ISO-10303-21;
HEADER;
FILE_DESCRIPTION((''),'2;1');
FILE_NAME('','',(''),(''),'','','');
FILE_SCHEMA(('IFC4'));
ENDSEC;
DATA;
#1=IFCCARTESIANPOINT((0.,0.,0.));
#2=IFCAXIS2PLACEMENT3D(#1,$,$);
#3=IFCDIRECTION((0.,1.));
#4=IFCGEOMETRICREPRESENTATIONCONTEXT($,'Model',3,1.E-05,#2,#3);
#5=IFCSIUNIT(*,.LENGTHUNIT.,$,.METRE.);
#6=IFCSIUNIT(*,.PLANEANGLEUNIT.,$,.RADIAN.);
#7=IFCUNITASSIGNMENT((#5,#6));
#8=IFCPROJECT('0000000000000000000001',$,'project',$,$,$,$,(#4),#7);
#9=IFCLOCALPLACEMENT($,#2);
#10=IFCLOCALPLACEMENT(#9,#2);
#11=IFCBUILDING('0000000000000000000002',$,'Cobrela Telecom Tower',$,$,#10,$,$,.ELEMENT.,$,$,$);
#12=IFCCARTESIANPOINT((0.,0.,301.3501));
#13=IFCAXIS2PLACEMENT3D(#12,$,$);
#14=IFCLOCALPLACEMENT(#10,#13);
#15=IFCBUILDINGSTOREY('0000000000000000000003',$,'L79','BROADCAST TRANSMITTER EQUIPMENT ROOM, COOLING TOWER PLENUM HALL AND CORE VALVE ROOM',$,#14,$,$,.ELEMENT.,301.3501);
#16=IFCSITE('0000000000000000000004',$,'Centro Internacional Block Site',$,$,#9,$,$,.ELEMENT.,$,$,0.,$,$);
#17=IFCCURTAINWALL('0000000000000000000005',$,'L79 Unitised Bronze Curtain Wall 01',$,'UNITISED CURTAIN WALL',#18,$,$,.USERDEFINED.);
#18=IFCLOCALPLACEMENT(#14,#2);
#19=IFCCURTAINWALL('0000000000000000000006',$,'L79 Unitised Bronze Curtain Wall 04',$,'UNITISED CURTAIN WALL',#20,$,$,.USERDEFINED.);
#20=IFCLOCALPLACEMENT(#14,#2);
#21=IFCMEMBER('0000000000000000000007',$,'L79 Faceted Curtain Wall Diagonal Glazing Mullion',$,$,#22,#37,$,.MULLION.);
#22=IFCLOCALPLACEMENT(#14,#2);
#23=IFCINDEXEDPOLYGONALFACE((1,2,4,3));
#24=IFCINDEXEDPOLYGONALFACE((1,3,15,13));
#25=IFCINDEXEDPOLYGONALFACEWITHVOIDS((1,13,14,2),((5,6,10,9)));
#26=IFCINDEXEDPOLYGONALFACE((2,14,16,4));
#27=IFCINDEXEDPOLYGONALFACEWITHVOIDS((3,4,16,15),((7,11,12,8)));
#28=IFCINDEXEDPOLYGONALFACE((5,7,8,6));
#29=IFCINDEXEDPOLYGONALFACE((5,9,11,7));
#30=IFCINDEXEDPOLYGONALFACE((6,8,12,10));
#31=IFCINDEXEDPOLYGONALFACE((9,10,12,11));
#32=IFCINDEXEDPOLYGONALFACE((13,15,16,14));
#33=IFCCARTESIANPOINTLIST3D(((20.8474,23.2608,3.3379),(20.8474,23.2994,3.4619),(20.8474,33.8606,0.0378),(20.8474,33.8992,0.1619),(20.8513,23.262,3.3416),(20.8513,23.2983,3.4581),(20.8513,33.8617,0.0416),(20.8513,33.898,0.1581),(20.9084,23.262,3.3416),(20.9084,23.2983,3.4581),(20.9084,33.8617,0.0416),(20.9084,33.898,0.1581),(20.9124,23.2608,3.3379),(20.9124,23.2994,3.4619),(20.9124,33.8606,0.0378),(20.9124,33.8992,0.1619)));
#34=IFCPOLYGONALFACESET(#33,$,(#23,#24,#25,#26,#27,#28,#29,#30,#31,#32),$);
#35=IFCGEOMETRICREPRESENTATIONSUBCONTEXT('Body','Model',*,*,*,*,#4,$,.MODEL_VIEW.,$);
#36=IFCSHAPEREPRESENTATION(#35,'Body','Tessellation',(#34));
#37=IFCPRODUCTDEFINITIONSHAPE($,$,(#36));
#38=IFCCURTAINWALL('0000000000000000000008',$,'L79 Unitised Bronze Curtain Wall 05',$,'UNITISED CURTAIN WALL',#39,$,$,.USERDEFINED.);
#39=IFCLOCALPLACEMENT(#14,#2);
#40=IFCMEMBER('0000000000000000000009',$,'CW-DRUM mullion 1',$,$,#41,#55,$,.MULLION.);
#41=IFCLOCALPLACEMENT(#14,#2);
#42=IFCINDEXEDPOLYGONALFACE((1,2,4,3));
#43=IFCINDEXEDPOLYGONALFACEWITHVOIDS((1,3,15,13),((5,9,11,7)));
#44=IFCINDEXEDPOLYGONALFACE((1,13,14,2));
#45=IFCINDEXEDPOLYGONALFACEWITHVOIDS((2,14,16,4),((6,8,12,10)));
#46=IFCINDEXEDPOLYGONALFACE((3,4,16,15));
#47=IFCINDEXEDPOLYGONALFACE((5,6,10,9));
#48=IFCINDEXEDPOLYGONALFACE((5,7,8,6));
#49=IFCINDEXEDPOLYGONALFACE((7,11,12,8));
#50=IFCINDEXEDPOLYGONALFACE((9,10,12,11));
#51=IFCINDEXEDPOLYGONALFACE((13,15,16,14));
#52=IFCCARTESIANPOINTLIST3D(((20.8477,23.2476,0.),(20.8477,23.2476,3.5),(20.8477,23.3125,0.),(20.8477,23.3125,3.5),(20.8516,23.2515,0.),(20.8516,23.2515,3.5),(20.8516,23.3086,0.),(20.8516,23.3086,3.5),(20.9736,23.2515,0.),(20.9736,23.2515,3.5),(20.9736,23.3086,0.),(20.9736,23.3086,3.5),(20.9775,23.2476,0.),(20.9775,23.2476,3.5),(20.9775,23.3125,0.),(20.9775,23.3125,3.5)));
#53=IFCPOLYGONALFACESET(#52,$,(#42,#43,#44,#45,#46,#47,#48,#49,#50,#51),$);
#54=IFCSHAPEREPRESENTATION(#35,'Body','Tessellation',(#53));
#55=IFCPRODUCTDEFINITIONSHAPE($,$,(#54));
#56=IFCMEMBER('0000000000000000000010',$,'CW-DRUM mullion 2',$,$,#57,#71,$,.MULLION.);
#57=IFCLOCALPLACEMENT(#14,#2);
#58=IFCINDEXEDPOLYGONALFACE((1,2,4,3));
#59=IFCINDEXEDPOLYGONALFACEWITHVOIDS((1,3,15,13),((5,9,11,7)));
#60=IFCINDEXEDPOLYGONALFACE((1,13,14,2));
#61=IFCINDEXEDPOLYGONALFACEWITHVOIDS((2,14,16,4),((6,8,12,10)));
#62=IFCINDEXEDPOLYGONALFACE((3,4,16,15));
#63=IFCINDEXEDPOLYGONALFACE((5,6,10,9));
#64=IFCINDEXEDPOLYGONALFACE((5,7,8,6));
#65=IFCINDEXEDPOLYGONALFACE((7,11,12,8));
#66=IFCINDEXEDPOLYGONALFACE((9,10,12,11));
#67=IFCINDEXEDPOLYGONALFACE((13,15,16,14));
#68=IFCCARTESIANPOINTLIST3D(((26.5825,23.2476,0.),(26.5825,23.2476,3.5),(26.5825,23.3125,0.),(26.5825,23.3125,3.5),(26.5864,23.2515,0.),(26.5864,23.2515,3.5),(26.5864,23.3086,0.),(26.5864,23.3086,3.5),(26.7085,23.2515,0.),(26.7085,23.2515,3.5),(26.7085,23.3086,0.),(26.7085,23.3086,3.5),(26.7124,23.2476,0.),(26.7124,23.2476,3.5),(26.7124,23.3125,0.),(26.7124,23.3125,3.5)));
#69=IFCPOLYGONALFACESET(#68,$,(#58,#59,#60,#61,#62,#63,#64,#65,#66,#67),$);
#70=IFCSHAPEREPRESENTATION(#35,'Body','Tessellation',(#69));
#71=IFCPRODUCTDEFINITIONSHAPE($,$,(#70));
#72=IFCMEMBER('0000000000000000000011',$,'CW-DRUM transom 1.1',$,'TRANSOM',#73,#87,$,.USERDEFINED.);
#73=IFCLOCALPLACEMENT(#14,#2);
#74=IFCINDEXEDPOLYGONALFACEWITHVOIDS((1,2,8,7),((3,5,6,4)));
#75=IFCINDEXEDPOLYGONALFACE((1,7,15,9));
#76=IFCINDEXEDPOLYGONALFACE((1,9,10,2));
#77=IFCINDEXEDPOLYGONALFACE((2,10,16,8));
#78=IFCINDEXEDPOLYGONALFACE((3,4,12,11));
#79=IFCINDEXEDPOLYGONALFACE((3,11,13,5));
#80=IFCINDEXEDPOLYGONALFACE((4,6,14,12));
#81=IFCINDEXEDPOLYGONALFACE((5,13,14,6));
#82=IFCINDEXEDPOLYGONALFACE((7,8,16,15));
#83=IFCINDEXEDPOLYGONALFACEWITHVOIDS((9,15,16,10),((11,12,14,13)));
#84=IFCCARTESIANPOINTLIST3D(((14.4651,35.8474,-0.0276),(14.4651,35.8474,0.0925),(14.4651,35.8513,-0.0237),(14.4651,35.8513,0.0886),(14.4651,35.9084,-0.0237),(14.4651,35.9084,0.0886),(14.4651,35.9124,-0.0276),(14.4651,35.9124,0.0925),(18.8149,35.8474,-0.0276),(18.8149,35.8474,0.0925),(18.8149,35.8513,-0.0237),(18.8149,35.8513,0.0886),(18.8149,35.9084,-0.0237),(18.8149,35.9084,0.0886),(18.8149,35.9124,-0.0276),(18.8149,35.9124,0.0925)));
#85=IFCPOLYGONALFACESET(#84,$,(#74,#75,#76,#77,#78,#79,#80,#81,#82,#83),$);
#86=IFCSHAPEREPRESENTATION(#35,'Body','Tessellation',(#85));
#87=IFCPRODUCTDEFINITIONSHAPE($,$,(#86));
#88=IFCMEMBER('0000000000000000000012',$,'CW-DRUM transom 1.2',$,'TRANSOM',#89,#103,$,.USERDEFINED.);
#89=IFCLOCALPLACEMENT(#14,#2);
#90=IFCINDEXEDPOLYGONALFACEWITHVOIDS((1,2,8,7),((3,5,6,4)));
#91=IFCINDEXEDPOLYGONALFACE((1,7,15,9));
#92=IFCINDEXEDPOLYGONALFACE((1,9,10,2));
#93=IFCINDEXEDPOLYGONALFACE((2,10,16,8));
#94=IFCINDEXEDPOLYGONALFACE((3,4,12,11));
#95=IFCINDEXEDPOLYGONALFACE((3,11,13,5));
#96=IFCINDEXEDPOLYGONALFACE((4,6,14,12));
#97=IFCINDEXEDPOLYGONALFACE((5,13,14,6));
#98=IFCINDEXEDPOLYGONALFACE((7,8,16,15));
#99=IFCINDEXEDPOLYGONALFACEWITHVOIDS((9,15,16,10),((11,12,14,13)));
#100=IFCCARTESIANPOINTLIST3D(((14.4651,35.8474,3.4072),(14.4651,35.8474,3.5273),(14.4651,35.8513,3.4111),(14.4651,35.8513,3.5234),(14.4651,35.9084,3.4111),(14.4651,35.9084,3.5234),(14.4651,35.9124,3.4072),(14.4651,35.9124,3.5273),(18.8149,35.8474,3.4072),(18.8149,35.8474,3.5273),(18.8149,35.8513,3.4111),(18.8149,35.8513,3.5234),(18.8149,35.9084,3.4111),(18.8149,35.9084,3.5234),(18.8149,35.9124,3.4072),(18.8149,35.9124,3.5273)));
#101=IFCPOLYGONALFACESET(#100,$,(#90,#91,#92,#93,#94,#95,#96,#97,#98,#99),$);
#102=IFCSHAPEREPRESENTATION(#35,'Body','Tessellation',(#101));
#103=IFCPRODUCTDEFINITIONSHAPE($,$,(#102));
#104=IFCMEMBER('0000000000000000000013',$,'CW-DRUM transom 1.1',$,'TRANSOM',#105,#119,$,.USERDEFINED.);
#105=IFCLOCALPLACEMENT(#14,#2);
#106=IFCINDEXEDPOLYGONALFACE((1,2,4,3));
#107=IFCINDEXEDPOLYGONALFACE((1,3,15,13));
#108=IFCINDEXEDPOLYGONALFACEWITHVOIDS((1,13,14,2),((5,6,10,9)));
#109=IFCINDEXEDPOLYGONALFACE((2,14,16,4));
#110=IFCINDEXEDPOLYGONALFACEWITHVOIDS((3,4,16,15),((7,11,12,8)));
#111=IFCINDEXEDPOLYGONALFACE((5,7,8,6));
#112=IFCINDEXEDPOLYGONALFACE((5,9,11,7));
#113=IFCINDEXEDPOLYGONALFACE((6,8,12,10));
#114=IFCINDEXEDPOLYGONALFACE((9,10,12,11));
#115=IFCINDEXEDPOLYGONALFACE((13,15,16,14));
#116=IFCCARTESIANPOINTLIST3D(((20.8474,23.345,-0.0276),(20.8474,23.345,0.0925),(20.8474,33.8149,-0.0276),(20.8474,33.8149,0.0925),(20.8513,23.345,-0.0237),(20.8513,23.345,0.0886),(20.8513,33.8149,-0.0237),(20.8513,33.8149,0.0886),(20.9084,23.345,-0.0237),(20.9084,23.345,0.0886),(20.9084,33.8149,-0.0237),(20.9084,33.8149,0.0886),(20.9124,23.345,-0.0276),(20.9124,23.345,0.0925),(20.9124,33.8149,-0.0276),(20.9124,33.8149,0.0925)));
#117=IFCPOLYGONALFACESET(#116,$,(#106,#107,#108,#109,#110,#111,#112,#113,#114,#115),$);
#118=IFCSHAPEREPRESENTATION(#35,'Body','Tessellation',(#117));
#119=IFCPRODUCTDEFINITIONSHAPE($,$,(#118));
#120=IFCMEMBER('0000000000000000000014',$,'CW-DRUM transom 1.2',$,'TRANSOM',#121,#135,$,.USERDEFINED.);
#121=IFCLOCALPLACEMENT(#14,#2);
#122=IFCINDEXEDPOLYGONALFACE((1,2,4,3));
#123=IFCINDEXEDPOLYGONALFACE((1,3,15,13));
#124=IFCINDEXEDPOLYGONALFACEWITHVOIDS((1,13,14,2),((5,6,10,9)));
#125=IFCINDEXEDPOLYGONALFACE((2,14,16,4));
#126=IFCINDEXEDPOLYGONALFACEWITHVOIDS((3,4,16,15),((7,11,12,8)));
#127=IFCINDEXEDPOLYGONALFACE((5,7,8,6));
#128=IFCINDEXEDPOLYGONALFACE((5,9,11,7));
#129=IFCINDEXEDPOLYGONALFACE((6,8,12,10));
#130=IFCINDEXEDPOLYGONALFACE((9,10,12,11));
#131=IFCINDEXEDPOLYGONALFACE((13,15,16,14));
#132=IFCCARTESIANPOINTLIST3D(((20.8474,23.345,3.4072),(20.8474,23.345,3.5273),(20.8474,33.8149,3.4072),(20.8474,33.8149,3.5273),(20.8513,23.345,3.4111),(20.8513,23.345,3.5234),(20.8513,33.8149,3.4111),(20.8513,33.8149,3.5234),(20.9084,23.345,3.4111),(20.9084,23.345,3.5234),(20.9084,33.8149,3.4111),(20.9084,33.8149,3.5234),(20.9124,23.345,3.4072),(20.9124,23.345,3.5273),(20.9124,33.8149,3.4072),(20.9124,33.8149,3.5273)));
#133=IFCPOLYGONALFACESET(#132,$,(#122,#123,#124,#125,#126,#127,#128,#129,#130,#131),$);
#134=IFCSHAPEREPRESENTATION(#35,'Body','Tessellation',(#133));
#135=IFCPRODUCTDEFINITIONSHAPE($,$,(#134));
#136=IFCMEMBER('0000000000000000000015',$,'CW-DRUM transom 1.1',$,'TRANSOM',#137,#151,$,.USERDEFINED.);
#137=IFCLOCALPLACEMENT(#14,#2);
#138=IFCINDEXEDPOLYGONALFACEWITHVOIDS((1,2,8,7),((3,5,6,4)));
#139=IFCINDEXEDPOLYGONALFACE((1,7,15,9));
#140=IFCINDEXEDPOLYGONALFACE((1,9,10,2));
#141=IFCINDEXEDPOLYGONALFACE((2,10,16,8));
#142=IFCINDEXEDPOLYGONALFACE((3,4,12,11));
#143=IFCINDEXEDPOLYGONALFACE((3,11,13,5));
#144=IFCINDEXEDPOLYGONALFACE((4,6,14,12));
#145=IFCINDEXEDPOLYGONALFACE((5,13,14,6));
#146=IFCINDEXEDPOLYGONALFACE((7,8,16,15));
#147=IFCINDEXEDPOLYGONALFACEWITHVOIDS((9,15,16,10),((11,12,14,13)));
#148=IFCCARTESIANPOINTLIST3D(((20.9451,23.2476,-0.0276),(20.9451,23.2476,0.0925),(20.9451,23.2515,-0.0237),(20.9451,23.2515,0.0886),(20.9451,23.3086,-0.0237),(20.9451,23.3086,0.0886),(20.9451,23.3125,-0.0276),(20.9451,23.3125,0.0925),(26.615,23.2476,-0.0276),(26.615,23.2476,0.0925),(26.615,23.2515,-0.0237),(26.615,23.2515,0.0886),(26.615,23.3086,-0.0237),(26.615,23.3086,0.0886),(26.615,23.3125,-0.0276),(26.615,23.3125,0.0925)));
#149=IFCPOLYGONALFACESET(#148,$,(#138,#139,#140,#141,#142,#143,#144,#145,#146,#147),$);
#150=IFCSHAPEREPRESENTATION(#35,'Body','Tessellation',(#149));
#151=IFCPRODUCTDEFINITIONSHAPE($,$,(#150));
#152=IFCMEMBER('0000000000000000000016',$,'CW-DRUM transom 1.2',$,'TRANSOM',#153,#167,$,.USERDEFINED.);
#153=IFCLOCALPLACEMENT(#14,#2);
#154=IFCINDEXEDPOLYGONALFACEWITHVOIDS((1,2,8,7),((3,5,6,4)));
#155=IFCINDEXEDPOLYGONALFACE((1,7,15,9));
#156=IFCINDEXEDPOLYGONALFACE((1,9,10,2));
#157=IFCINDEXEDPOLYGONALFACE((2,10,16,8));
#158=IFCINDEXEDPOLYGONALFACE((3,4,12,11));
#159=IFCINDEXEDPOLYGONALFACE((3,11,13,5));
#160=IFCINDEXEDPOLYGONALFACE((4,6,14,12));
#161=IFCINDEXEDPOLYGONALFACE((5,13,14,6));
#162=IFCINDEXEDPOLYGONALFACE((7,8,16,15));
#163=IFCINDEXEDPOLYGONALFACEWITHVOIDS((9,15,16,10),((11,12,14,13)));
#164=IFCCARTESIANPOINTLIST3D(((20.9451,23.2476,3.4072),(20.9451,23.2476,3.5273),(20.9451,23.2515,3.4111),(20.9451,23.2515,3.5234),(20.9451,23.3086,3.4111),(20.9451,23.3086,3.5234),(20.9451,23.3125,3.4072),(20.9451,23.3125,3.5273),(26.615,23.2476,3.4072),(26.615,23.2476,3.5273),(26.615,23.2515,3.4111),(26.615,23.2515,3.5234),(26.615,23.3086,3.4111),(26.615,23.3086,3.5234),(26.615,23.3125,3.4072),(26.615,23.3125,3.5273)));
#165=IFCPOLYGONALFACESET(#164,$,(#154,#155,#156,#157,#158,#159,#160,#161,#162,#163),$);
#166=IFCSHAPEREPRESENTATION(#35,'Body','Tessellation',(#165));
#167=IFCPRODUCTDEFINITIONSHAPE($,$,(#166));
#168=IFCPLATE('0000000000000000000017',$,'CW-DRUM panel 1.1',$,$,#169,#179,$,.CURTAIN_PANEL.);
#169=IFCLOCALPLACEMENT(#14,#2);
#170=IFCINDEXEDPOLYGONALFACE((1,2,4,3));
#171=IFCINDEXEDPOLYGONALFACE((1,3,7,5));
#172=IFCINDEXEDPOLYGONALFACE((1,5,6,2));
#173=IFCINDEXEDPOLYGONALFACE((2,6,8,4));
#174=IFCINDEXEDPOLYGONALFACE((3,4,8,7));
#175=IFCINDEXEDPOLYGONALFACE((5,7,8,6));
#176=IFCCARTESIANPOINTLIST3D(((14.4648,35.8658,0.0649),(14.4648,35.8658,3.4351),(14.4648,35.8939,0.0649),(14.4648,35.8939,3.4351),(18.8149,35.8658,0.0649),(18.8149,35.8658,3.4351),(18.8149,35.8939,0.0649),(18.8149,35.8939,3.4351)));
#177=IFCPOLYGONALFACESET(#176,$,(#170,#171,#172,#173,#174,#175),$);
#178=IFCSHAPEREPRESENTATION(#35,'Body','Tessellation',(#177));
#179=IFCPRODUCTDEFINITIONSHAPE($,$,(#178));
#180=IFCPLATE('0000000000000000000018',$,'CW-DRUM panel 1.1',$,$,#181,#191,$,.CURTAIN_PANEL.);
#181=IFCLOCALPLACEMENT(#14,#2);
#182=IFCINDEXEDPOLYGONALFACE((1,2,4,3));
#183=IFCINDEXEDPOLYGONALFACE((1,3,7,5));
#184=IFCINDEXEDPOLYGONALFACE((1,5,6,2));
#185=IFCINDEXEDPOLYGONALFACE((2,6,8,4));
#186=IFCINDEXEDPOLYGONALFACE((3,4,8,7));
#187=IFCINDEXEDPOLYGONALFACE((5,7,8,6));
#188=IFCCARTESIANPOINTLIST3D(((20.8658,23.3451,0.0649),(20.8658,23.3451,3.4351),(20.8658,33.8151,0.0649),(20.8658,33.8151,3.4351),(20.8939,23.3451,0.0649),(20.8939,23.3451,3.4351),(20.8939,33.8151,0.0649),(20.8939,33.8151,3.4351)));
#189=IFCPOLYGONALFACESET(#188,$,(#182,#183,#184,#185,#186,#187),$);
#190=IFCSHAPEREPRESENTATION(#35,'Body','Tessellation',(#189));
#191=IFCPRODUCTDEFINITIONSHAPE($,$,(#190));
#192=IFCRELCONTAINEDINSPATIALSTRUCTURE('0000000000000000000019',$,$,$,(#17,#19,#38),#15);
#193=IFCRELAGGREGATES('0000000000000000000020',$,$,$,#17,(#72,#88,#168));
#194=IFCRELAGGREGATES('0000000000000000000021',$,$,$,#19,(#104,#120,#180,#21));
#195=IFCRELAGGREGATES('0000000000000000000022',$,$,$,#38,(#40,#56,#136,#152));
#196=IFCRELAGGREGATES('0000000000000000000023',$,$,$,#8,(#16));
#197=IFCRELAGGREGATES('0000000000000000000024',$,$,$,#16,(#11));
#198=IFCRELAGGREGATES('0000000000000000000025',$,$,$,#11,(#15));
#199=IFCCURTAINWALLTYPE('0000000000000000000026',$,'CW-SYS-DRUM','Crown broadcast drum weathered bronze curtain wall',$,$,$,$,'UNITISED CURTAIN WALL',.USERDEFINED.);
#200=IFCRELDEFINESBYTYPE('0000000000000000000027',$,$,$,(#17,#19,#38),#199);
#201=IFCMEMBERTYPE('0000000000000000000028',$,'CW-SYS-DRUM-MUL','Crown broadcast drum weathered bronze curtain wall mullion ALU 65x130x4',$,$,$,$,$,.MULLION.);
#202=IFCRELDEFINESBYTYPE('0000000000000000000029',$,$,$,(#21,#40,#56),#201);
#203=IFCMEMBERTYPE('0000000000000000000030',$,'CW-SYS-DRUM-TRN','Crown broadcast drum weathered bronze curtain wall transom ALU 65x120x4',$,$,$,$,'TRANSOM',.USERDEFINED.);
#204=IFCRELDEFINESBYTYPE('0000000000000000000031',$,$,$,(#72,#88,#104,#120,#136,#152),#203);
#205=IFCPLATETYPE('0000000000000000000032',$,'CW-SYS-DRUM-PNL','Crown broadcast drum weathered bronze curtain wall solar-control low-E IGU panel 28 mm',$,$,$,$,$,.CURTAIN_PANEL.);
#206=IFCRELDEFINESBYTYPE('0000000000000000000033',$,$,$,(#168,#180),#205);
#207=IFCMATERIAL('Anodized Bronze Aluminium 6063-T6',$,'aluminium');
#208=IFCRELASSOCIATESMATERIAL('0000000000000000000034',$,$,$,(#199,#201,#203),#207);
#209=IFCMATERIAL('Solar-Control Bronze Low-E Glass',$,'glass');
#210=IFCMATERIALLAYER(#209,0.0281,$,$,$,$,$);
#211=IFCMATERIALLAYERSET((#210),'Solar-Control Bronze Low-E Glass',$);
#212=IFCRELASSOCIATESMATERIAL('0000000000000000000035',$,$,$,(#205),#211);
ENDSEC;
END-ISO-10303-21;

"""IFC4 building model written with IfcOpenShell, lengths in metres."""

from ifc_helpers import new_model, si_unit, direction, frame, origin, origin_2d, place, context, subcontext, project, spatial, rectangle, hollow_rectangle, extrude, material, layer, layer_set, material_profile, profile_set, type_object, element, aggregate, save


model = new_model("IFC4")

# Units and contexts
model_context = context("Model", 3, precision=1e-05, world=origin(), true_north=direction((0.0, 1.0)))
body_context = subcontext(model_context, "Body", "Model", "MODEL_VIEW")
ifc_project = project(units=[si_unit("LENGTHUNIT", "METRE"), si_unit("PLANEANGLEUNIT", "RADIAN")], contexts=[model_context])

# Site, building, storey
site_placement = place(None, origin())
site = spatial("IfcSite", under=ifc_project, at=site_placement, Name="Centro Internacional Block Site", CompositionType="ELEMENT", RefElevation=0.0)
building_placement = place(site_placement, origin())
building = spatial("IfcBuilding", under=site, at=building_placement, Name="Cobrela Telecom Tower", CompositionType="ELEMENT")
storey_placement = place(building_placement, frame((0.0, 0.0, 301.3501)))
storey = spatial("IfcBuildingStorey", under=building, at=storey_placement, Name="L79", Description="BROADCAST TRANSMITTER EQUIPMENT ROOM, COOLING TOWER PLENUM HALL AND CORE VALVE ROOM", CompositionType="ELEMENT", Elevation=301.3501)

# Curtain wall
ifc_material_1 = material(Name="Anodized Bronze Aluminium 6063-T6", Category="aluminium")
curtain_wall_type = type_object("IfcCurtainWallType", Name="CW-SYS-DRUM", Description="Crown broadcast drum weathered bronze curtain wall", ElementType="UNITISED CURTAIN WALL", PredefinedType="USERDEFINED", material=ifc_material_1)
curtain_wall_1_placement = place(storey_placement, origin())
curtain_wall_1 = element("IfcCurtainWall", 1, at=curtain_wall_1_placement, inside=storey, type_object=curtain_wall_type, Name="L79 Unitised Bronze Curtain Wall 01", ObjectType="UNITISED CURTAIN WALL", PredefinedType="USERDEFINED")
ifc_material_profile_1 = material_profile(ifc_material_1, hollow_rectangle(XDim=0.0649, YDim=0.1299, WallThickness=0.0039, at=origin_2d()), Name="ALU 65x130x4")
ifc_profile_set_1 = profile_set([ifc_material_profile_1], Name="Anodized Bronze Aluminium 6063-T6")
member_type_1 = type_object("IfcMemberType", Name="CW-SYS-DRUM-MUL", Description="Crown broadcast drum weathered bronze curtain wall mullion ALU 65x130x4", PredefinedType="MULLION", material=ifc_profile_set_1)

# Curtain walls, members
curtain_wall_2_placement = place(storey_placement, origin())
curtain_wall_2 = element("IfcCurtainWall", 2, at=curtain_wall_2_placement, inside=storey, type_object=curtain_wall_type, Name="L79 Unitised Bronze Curtain Wall 04", ObjectType="UNITISED CURTAIN WALL", PredefinedType="USERDEFINED")
member_1_placement = place(storey_placement, frame((20.8799, 33.8799, 0.0999), z_axis=(0.0, -0.954798, 0.297257), x_axis=(1.0, 0.0, 0.0)))
member_1 = element("IfcMember", 3, at=member_1_placement, type_object=member_type_1, Name="L79 Faceted Curtain Wall Diagonal Glazing Mullion", PredefinedType="MULLION", context=body_context, shape_type="SweptSolid", body=[
    extrude(hollow_rectangle(XDim=0.0649, YDim=0.1299, WallThickness=0.0039, at=origin_2d()), origin(), (0.0, 0.0, 1.0), 11.1016),
])
curtain_wall_3_placement = place(storey_placement, origin())
curtain_wall_3 = element("IfcCurtainWall", 4, at=curtain_wall_3_placement, inside=storey, type_object=curtain_wall_type, Name="L79 Unitised Bronze Curtain Wall 05", ObjectType="UNITISED CURTAIN WALL", PredefinedType="USERDEFINED")
member_2_placement = place(storey_placement, frame((20.9126, 23.28, 0.0), z_axis=(0.0, 0.0, 1.0), x_axis=(0.0, 1.0, 0.0)))
member_2 = element("IfcMember", 5, at=member_2_placement, type_object=member_type_1, Name="CW-DRUM mullion 1", PredefinedType="MULLION", context=body_context, shape_type="SweptSolid", body=[
    extrude(hollow_rectangle(XDim=0.0649, YDim=0.1299, WallThickness=0.0039, at=origin_2d()), origin(), (0.0, 0.0, 1.0), 3.5),
])
member_3_placement = place(storey_placement, frame((26.6475, 23.28, 0.0), z_axis=(0.0, 0.0, 1.0), x_axis=(0.0, 1.0, 0.0)))
member_3 = element("IfcMember", 6, at=member_3_placement, type_object=member_type_1, Name="CW-DRUM mullion 2", PredefinedType="MULLION", context=body_context, shape_type="SweptSolid", body=[
    extrude(hollow_rectangle(XDim=0.0649, YDim=0.1299, WallThickness=0.0039, at=origin_2d()), origin(), (0.0, 0.0, 1.0), 3.5),
])

# Members
ifc_material_profile_2 = material_profile(ifc_material_1, hollow_rectangle(XDim=0.0649, YDim=0.1201, WallThickness=0.0039, at=origin_2d()), Name="ALU 65x120x4")
ifc_profile_set_2 = profile_set([ifc_material_profile_2], Name="Anodized Bronze Aluminium 6063-T6")
member_type_2 = type_object("IfcMemberType", Name="CW-SYS-DRUM-TRN", Description="Crown broadcast drum weathered bronze curtain wall transom ALU 65x120x4", ElementType="TRANSOM", PredefinedType="USERDEFINED", material=ifc_profile_set_2)
member_4_placement = place(storey_placement, frame((14.4651, 35.8799, 0.0325), z_axis=(1.0, 0.0, 0.0), x_axis=(0.0, 1.0, 0.0)))
member_4 = element("IfcMember", 7, at=member_4_placement, type_object=member_type_2, Name="CW-DRUM transom 1.1", ObjectType="TRANSOM", PredefinedType="USERDEFINED", context=body_context, shape_type="SweptSolid", body=[
    extrude(hollow_rectangle(XDim=0.0649, YDim=0.1201, WallThickness=0.0039, at=origin_2d()), origin(), (0.0, 0.0, 1.0), 4.3499),
])
member_5_placement = place(storey_placement, frame((14.4651, 35.8799, 3.4673), z_axis=(1.0, 0.0, 0.0), x_axis=(0.0, 1.0, 0.0)))
member_5 = element("IfcMember", 8, at=member_5_placement, type_object=member_type_2, Name="CW-DRUM transom 1.2", ObjectType="TRANSOM", PredefinedType="USERDEFINED", context=body_context, shape_type="SweptSolid", body=[
    extrude(hollow_rectangle(XDim=0.0649, YDim=0.1201, WallThickness=0.0039, at=origin_2d()), origin(), (0.0, 0.0, 1.0), 4.3499),
])
member_6_placement = place(storey_placement, frame((20.8799, 33.8149, 0.0325), z_axis=(0.0, -1.0, 0.0), x_axis=(1.0, 0.0, 0.0)))
member_6 = element("IfcMember", 9, at=member_6_placement, type_object=member_type_2, Name="CW-DRUM transom 1.1", ObjectType="TRANSOM", PredefinedType="USERDEFINED", context=body_context, shape_type="SweptSolid", body=[
    extrude(hollow_rectangle(XDim=0.0649, YDim=0.1201, WallThickness=0.0039, at=origin_2d()), origin(), (0.0, 0.0, 1.0), 10.47),
])
member_7_placement = place(storey_placement, frame((20.8799, 33.8149, 3.4673), z_axis=(0.0, -1.0, 0.0), x_axis=(1.0, 0.0, 0.0)))
member_7 = element("IfcMember", 10, at=member_7_placement, type_object=member_type_2, Name="CW-DRUM transom 1.2", ObjectType="TRANSOM", PredefinedType="USERDEFINED", context=body_context, shape_type="SweptSolid", body=[
    extrude(hollow_rectangle(XDim=0.0649, YDim=0.1201, WallThickness=0.0039, at=origin_2d()), origin(), (0.0, 0.0, 1.0), 10.47),
])
member_8_placement = place(storey_placement, frame((20.9451, 23.28, 0.0325), z_axis=(1.0, 0.0, 0.0), x_axis=(0.0, 1.0, 0.0)))
member_8 = element("IfcMember", 11, at=member_8_placement, type_object=member_type_2, Name="CW-DRUM transom 1.1", ObjectType="TRANSOM", PredefinedType="USERDEFINED", context=body_context, shape_type="SweptSolid", body=[
    extrude(hollow_rectangle(XDim=0.0649, YDim=0.1201, WallThickness=0.0039, at=origin_2d()), origin(), (0.0, 0.0, 1.0), 5.6699),
])
member_9_placement = place(storey_placement, frame((20.9451, 23.28, 3.4673), z_axis=(1.0, 0.0, 0.0), x_axis=(0.0, 1.0, 0.0)))
member_9 = element("IfcMember", 12, at=member_9_placement, type_object=member_type_2, Name="CW-DRUM transom 1.2", ObjectType="TRANSOM", PredefinedType="USERDEFINED", context=body_context, shape_type="SweptSolid", body=[
    extrude(hollow_rectangle(XDim=0.0649, YDim=0.1201, WallThickness=0.0039, at=origin_2d()), origin(), (0.0, 0.0, 1.0), 5.6699),
])

# Plates
ifc_material_2 = material(Name="Solar-Control Bronze Low-E Glass", Category="glass")
ifc_layer_1 = layer(ifc_material_2, 0.0281)
ifc_layer_set_1 = layer_set([ifc_layer_1], Name="Solar-Control Bronze Low-E Glass")
plate_type_1 = type_object("IfcPlateType", Name="CW-SYS-DRUM-PNL", Description="Crown broadcast drum weathered bronze curtain wall solar-control low-E IGU panel 28 mm", PredefinedType="CURTAIN_PANEL", material=ifc_layer_set_1)
plate_1_placement = place(storey_placement, frame((16.6399, 35.8799, 0.0649), z_axis=(0.0, 0.0, 1.0), x_axis=(1.0, 0.0, 0.0)))
plate_1 = element("IfcPlate", 13, at=plate_1_placement, type_object=plate_type_1, Name="CW-DRUM panel 1.1", PredefinedType="CURTAIN_PANEL", context=body_context, shape_type="SweptSolid", body=[
    extrude(rectangle(XDim=4.3501, YDim=0.0281, at=origin_2d()), origin(), (0.0, 0.0, 1.0), 3.3701),
])
aggregate(curtain_wall_1, [member_4, member_5, plate_1])
plate_2_placement = place(storey_placement, frame((20.8799, 28.5801, 0.0649), z_axis=(0.0, 0.0, 1.0), x_axis=(0.0, -1.0, 0.0)))
plate_2 = element("IfcPlate", 14, at=plate_2_placement, type_object=plate_type_1, Name="CW-DRUM panel 1.1", PredefinedType="CURTAIN_PANEL", context=body_context, shape_type="SweptSolid", body=[
    extrude(rectangle(XDim=10.47, YDim=0.0281, at=origin_2d()), origin(), (0.0, 0.0, 1.0), 3.3701),
])
aggregate(curtain_wall_2, [member_6, member_7, plate_2, member_1])
aggregate(curtain_wall_3, [member_2, member_3, member_8, member_9])

save(model, "model.ifc")
